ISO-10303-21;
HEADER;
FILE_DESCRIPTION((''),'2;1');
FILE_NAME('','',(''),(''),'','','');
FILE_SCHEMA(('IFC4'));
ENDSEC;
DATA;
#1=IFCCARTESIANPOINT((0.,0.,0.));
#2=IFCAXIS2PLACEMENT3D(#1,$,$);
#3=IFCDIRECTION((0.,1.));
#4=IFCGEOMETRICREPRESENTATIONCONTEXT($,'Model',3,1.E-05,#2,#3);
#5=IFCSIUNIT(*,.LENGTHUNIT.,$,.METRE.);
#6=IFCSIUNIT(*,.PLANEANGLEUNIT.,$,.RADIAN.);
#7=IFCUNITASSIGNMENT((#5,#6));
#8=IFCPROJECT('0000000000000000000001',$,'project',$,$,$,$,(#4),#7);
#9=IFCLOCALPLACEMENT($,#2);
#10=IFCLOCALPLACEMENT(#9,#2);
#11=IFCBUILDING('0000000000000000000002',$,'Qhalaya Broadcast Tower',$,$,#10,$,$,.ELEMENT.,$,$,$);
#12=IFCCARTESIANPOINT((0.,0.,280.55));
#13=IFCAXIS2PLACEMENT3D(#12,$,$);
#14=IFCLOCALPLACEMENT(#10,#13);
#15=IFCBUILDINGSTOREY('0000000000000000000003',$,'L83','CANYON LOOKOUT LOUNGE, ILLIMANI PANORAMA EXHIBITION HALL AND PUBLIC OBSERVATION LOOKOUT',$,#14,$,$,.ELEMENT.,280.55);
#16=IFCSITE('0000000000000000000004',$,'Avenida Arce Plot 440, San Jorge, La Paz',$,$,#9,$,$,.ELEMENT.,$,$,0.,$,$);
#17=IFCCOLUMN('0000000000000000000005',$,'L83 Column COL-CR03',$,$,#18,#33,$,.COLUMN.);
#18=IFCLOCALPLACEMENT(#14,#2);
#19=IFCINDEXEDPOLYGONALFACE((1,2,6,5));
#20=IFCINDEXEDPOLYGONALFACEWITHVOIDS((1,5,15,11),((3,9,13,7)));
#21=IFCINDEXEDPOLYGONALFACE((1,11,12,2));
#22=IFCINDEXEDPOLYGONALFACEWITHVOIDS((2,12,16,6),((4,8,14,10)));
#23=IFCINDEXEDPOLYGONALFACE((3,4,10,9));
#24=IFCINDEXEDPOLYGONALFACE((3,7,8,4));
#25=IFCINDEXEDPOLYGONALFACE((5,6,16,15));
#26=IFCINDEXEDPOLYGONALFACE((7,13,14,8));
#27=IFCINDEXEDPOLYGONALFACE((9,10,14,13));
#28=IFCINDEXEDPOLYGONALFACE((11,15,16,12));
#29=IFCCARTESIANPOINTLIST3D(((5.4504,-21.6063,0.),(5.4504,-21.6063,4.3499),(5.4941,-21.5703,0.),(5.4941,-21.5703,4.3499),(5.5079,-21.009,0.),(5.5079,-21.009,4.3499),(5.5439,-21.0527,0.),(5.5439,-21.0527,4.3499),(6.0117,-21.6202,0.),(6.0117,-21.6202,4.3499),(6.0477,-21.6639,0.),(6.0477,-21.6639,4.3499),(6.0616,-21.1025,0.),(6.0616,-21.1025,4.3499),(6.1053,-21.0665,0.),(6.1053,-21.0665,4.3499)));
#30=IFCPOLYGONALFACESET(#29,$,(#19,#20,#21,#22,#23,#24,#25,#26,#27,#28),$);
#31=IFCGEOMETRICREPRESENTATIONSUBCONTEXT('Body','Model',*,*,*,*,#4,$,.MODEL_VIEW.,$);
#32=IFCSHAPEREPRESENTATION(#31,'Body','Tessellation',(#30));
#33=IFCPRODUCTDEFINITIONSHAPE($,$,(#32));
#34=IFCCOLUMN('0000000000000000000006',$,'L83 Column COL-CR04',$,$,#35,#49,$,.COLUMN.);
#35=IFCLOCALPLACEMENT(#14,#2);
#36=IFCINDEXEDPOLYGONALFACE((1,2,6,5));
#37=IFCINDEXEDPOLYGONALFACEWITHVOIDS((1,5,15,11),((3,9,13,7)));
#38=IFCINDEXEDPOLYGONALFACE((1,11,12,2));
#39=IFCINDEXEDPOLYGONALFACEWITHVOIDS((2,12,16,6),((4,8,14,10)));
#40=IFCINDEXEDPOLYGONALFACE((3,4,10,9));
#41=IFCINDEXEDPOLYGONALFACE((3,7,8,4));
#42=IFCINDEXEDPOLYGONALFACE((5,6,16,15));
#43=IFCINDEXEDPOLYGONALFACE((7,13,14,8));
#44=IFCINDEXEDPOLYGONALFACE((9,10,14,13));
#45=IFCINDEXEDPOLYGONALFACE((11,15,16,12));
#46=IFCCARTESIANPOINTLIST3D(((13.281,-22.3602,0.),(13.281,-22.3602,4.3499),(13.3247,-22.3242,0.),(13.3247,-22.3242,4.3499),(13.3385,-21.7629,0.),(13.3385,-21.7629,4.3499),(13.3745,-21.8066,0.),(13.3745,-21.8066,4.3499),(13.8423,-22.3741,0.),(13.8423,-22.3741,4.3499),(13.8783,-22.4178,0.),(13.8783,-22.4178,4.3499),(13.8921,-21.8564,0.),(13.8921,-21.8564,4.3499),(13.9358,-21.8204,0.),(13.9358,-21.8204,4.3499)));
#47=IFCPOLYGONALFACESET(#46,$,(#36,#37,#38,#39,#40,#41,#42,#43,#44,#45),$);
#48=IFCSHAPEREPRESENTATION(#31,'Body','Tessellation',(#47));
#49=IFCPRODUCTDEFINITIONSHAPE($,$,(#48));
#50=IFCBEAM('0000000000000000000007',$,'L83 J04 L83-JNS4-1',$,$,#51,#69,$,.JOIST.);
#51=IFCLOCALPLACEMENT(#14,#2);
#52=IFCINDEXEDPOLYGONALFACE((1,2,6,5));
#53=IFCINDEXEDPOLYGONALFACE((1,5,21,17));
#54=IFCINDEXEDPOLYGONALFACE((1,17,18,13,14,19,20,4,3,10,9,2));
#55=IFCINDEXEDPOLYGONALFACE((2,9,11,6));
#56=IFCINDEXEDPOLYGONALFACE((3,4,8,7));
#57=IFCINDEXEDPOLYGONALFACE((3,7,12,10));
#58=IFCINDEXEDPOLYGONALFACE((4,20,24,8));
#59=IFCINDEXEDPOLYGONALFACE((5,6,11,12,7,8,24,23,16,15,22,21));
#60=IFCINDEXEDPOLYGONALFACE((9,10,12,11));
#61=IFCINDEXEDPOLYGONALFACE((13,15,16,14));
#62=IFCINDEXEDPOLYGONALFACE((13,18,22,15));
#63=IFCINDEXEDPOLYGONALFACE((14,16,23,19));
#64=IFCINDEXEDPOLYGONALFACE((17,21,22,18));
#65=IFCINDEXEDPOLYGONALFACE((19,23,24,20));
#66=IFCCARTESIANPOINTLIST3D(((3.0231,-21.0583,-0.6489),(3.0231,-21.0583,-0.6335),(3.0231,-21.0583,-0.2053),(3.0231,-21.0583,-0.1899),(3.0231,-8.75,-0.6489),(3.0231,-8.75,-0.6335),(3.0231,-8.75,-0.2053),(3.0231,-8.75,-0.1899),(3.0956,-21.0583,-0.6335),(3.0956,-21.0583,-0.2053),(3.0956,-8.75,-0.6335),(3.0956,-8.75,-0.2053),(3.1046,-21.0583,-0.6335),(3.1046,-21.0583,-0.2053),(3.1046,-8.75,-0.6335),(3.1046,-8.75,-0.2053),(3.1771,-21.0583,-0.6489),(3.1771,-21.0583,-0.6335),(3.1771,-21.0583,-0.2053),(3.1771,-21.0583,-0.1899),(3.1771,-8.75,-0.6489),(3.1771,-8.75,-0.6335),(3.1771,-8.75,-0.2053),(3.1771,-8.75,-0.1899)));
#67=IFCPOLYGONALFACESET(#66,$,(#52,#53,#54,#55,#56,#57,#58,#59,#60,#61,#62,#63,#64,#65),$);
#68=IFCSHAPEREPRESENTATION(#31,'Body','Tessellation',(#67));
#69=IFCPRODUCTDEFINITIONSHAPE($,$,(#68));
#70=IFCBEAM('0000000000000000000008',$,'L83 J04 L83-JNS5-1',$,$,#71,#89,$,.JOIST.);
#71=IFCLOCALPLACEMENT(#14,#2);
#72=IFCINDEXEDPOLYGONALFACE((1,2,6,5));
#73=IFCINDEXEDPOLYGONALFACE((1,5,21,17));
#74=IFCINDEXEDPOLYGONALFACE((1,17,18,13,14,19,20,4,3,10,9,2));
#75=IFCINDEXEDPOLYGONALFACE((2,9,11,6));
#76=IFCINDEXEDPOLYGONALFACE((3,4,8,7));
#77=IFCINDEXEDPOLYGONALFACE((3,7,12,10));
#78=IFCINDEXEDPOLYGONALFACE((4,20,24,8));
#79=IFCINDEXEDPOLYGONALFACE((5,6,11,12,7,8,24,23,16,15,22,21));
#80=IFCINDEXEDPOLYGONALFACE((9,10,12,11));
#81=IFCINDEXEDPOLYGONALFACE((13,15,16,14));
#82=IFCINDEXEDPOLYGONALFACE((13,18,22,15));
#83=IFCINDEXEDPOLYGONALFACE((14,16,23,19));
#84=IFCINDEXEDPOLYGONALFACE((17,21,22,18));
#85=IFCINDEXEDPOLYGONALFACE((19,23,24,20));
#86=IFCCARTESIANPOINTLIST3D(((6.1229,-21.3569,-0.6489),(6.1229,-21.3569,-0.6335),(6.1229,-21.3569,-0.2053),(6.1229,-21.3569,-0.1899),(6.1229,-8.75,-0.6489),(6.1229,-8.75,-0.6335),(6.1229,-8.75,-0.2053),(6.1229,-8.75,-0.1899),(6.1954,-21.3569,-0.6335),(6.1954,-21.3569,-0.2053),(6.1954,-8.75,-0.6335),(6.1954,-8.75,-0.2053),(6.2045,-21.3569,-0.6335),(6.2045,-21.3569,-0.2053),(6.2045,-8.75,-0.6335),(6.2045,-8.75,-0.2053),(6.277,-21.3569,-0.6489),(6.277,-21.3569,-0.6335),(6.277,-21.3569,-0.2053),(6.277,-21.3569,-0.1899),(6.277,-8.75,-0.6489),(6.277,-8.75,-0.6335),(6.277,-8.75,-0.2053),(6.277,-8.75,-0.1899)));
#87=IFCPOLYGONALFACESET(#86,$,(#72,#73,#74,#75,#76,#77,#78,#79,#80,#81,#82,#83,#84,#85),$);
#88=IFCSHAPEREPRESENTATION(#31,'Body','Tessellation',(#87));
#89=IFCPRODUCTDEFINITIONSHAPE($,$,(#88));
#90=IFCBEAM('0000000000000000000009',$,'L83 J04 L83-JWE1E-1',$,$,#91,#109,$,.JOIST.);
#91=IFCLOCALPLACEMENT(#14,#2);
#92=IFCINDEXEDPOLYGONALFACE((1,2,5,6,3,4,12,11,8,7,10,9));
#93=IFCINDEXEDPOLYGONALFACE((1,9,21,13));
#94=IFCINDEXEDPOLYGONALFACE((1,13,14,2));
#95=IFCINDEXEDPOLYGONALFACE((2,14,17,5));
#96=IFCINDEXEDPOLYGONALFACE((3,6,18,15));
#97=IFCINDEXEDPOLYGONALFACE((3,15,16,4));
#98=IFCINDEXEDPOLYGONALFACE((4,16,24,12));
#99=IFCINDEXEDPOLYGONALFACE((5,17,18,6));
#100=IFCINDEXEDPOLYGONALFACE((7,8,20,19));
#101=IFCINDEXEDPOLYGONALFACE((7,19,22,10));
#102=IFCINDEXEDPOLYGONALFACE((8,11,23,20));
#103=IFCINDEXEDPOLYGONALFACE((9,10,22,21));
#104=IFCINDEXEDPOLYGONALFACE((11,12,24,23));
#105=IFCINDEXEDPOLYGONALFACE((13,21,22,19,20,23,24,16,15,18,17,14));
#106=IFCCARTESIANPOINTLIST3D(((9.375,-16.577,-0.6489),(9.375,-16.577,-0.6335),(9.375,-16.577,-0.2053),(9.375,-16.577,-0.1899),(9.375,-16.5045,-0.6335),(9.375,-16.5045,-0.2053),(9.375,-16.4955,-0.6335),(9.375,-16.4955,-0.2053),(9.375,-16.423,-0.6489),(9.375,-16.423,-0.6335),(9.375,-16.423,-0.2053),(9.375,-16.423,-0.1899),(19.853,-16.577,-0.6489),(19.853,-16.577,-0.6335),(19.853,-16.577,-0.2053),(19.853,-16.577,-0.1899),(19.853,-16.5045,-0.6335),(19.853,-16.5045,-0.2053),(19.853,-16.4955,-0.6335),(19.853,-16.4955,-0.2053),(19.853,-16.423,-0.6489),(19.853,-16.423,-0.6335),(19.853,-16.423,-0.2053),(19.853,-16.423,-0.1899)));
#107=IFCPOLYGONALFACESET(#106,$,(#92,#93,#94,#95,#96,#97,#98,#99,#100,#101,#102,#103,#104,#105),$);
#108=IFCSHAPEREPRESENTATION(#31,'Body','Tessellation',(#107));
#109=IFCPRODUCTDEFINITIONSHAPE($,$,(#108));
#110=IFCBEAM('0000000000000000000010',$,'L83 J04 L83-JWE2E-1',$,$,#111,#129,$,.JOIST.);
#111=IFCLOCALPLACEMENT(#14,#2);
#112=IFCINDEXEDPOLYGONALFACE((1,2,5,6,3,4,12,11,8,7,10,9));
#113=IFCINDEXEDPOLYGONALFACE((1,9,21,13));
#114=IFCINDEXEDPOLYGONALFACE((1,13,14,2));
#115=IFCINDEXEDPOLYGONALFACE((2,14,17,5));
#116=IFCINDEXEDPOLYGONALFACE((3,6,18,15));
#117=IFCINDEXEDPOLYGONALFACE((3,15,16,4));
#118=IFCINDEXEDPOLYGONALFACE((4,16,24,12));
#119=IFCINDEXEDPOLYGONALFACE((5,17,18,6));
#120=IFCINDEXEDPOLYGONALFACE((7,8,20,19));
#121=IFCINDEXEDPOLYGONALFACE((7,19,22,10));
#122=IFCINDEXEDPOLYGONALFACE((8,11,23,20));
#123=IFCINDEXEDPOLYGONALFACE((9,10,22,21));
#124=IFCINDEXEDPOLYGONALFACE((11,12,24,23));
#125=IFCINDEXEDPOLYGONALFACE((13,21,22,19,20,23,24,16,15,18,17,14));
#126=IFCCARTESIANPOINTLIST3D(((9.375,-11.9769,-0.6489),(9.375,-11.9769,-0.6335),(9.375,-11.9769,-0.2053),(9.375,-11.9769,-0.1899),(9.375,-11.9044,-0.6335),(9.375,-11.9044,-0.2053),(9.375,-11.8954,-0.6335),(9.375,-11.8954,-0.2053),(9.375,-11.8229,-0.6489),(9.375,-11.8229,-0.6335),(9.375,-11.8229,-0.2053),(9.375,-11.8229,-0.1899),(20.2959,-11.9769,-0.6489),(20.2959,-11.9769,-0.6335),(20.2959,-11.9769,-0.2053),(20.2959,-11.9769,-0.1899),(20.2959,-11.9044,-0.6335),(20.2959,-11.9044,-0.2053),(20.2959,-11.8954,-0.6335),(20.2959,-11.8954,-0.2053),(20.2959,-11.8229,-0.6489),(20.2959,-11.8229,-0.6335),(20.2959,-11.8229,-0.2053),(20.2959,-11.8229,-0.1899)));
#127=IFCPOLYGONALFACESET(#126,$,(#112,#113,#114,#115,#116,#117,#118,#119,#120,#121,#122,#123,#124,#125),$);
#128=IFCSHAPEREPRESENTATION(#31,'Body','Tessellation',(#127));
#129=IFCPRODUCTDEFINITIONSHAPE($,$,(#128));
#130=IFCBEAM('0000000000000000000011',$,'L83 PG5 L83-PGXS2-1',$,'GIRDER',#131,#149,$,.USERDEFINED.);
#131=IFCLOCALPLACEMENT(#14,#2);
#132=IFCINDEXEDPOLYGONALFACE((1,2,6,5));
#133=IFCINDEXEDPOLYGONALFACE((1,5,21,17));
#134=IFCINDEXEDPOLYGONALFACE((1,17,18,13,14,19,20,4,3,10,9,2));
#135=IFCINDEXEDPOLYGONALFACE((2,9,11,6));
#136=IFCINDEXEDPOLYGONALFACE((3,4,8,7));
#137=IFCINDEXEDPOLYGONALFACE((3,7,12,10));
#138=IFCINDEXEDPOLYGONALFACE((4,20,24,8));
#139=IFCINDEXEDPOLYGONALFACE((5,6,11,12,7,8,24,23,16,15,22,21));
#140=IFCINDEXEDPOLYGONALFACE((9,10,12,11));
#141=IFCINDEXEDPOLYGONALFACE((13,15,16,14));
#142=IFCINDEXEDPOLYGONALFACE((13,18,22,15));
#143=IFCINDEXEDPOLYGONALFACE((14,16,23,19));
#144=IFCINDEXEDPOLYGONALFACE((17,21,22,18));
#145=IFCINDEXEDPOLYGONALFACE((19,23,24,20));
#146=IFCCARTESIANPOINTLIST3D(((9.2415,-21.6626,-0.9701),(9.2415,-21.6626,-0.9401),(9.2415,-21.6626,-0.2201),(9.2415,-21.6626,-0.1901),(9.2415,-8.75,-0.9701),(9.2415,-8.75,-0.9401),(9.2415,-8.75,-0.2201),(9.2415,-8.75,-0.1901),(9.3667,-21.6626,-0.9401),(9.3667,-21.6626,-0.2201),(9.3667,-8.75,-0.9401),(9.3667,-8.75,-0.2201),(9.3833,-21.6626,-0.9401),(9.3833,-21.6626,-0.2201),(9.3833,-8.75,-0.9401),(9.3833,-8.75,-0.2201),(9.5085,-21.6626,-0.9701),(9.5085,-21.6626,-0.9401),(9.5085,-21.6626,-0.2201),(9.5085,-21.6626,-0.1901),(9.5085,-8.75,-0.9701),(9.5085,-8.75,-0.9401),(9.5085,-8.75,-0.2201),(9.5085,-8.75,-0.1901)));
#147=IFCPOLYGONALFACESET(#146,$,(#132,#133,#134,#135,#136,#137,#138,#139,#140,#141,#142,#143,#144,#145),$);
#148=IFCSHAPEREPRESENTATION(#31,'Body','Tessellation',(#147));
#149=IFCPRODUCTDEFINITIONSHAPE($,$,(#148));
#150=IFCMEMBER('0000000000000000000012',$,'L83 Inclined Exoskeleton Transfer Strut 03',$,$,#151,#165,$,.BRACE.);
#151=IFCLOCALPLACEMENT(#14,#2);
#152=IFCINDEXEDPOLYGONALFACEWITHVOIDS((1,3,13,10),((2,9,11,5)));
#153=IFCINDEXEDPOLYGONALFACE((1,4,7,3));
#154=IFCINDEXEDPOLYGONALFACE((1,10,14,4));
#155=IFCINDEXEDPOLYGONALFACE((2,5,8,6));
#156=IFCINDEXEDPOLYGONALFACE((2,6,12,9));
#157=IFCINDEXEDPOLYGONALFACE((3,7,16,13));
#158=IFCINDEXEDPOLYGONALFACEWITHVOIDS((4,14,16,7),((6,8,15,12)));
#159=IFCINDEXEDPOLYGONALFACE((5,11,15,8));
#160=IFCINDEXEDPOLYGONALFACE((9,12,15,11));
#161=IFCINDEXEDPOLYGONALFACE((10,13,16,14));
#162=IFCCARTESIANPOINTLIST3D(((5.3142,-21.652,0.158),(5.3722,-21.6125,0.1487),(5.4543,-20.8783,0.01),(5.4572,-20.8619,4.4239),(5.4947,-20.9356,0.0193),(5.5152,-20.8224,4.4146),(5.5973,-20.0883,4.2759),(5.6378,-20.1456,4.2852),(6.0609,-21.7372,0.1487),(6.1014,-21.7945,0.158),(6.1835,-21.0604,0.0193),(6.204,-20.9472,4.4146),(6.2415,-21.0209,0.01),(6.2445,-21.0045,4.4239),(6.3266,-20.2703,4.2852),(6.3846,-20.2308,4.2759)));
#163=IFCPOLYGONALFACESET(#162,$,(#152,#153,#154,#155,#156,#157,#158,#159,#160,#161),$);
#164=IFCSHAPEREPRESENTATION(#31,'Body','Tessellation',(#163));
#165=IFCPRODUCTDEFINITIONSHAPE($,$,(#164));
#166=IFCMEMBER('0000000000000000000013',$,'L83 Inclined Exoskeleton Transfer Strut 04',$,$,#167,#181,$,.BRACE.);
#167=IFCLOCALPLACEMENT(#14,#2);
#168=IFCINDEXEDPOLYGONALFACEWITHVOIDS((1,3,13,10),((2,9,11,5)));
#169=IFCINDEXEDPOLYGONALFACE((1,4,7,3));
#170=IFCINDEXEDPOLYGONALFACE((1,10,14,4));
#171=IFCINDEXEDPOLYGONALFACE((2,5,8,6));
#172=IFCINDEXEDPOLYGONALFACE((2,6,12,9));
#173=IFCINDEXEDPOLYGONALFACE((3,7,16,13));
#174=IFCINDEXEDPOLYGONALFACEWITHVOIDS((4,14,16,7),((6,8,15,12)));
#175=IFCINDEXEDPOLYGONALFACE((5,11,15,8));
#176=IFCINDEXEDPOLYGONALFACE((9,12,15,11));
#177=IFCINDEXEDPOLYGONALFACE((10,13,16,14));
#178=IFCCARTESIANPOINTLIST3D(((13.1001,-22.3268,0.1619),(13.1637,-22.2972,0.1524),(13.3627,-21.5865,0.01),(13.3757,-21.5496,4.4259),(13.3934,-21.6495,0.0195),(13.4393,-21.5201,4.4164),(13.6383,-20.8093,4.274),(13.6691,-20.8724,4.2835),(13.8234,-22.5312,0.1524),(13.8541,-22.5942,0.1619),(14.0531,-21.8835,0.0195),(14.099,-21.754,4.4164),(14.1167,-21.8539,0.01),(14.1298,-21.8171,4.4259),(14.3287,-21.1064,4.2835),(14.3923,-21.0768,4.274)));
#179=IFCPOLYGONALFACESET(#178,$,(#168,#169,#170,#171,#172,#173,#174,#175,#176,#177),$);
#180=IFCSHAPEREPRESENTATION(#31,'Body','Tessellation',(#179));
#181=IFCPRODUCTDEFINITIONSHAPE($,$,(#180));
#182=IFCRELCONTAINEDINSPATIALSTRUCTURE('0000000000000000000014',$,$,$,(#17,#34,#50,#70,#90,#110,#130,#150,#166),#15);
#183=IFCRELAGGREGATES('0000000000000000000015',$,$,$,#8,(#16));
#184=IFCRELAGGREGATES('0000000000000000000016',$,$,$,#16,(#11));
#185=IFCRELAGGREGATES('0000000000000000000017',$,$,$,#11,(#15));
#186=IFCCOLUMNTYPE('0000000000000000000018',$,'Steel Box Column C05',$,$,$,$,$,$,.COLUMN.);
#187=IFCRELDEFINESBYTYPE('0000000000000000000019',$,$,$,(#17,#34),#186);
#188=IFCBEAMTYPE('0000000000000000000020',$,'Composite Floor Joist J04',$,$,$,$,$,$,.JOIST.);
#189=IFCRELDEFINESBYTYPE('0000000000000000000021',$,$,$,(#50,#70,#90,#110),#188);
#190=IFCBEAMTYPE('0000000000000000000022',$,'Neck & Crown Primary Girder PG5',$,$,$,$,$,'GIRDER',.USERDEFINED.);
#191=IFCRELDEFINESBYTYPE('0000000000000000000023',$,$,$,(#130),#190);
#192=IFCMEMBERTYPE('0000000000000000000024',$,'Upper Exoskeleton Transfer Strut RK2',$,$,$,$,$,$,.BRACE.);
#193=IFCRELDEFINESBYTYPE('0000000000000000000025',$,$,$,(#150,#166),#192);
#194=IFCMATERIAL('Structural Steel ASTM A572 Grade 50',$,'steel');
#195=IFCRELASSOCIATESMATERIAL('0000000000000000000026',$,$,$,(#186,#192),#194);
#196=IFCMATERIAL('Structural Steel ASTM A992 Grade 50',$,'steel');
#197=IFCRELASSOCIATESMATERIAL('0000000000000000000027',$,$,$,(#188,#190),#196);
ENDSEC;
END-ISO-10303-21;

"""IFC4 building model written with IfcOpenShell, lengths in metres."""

from ifc_helpers import new_model, si_unit, direction, frame, origin, origin_2d, place, context, subcontext, project, spatial, hollow_rectangle, i_section, extrude, material, material_profile, profile_set, type_object, element, save


model = new_model("IFC4")

# Units and contexts
model_context = context("Model", 3, precision=1e-05, world=origin(), true_north=direction((0.0, 1.0)))
body_context = subcontext(model_context, "Body", "Model", "MODEL_VIEW")
ifc_project = project(units=[si_unit("LENGTHUNIT", "METRE"), si_unit("PLANEANGLEUNIT", "RADIAN")], contexts=[model_context])

# Site, building, storey
site_placement = place(None, origin())
site = spatial("IfcSite", under=ifc_project, at=site_placement, Name="Avenida Arce Plot 440, San Jorge, La Paz", CompositionType="ELEMENT", RefElevation=0.0)
building_placement = place(site_placement, origin())
building = spatial("IfcBuilding", under=site, at=building_placement, Name="Qhalaya Broadcast Tower", CompositionType="ELEMENT")
storey_placement = place(building_placement, frame((0.0, 0.0, 280.55)))
storey = spatial("IfcBuildingStorey", under=building, at=storey_placement, Name="L83", Description="CANYON LOOKOUT LOUNGE, ILLIMANI PANORAMA EXHIBITION HALL AND PUBLIC OBSERVATION LOOKOUT", CompositionType="ELEMENT", Elevation=280.55)

# Columns
ifc_material_1 = material(Name="Structural Steel ASTM A572 Grade 50", Category="steel")
ifc_material_profile_1 = material_profile(ifc_material_1, hollow_rectangle(XDim=0.6001, YDim=0.6001, WallThickness=0.04, at=origin_2d()), Name="BOX 600x600x40")
ifc_profile_set_1 = profile_set([ifc_material_profile_1], Name="Structural Steel ASTM A572 Grade 50")
column_type = type_object("IfcColumnType", Name="Steel Box Column C05", PredefinedType="COLUMN", material=ifc_profile_set_1)
for number, where, z_axis, x_axis, name in (
    (1, (5.7778, -21.3364, 0.0), (0.0, 0.0, 1.0), (0.995396, -0.095846, 0.0), "L83 Column COL-CR03"),
    (2, (13.6084, -22.0903, 0.0), (0.0, 0.0, 1.0), (0.995396, -0.095846, 0.0), "L83 Column COL-CR04"),
):
    element("IfcColumn", number, at=place(storey_placement, frame(where, z_axis=z_axis, x_axis=x_axis)), inside=storey, type_object=column_type, Name=name, PredefinedType="COLUMN", context=body_context, shape_type="SweptSolid", body=[
        extrude(hollow_rectangle(XDim=0.6001, YDim=0.6001, WallThickness=0.04, at=origin_2d()), origin(), (0.0, 0.0, 1.0), 4.3499),
    ])

# Beams
ifc_material_2 = material(Name="Structural Steel ASTM A992 Grade 50", Category="steel")
ifc_material_profile_2 = material_profile(ifc_material_2, i_section(OverallWidth=0.1541, OverallDepth=0.459, WebThickness=0.009, FlangeThickness=0.0154, at=origin_2d()), Name="W18X46")
ifc_profile_set_2 = profile_set([ifc_material_profile_2], Name="Structural Steel ASTM A992 Grade 50")
beam_type_1 = type_object("IfcBeamType", Name="Composite Floor Joist J04", PredefinedType="JOIST", material=ifc_profile_set_2)
beam_1_placement = place(storey_placement, frame((3.1001, -21.0583, -0.4194), z_axis=(0.0, 1.0, 0.0), x_axis=(-1.0, 0.0, 0.0)))
element("IfcBeam", 3, at=beam_1_placement, inside=storey, type_object=beam_type_1, Name="L83 J04 L83-JNS4-1", PredefinedType="JOIST", context=body_context, shape_type="SweptSolid", body=[
    extrude(i_section(OverallWidth=0.1541, OverallDepth=0.459, WebThickness=0.009, FlangeThickness=0.0154, at=origin_2d()), origin(), (0.0, 0.0, 1.0), 12.3083),
])
beam_2_placement = place(storey_placement, frame((6.2, -21.3569, -0.4194), z_axis=(0.0, 1.0, 0.0), x_axis=(-1.0, 0.0, 0.0)))
element("IfcBeam", 4, at=beam_2_placement, inside=storey, type_object=beam_type_1, Name="L83 J04 L83-JNS5-1", PredefinedType="JOIST", context=body_context, shape_type="SweptSolid", body=[
    extrude(i_section(OverallWidth=0.1541, OverallDepth=0.459, WebThickness=0.009, FlangeThickness=0.0154, at=origin_2d()), origin(), (0.0, 0.0, 1.0), 12.6069),
])
beam_3_placement = place(storey_placement, frame((9.375, -16.5, -0.4194), z_axis=(1.0, 0.0, 0.0), x_axis=(0.0, 1.0, 0.0)))
element("IfcBeam", 5, at=beam_3_placement, inside=storey, type_object=beam_type_1, Name="L83 J04 L83-JWE1E-1", PredefinedType="JOIST", context=body_context, shape_type="SweptSolid", body=[
    extrude(i_section(OverallWidth=0.1541, OverallDepth=0.459, WebThickness=0.009, FlangeThickness=0.0154, at=origin_2d()), origin(), (0.0, 0.0, 1.0), 10.478),
])
beam_4_placement = place(storey_placement, frame((9.375, -11.8999, -0.4194), z_axis=(1.0, 0.0, 0.0), x_axis=(0.0, 1.0, 0.0)))
element("IfcBeam", 6, at=beam_4_placement, inside=storey, type_object=beam_type_1, Name="L83 J04 L83-JWE2E-1", PredefinedType="JOIST", context=body_context, shape_type="SweptSolid", body=[
    extrude(i_section(OverallWidth=0.1541, OverallDepth=0.459, WebThickness=0.009, FlangeThickness=0.0154, at=origin_2d()), origin(), (0.0, 0.0, 1.0), 10.9209),
])
ifc_material_profile_3 = material_profile(ifc_material_2, i_section(OverallWidth=0.2671, OverallDepth=0.78, WebThickness=0.0166, FlangeThickness=0.03, at=origin_2d()), Name="W30X148")
ifc_profile_set_3 = profile_set([ifc_material_profile_3], Name="Structural Steel ASTM A992 Grade 50")
beam_type_2 = type_object("IfcBeamType", Name="Neck & Crown Primary Girder PG5", ElementType="GIRDER", PredefinedType="USERDEFINED", material=ifc_profile_set_3)
beam_5_placement = place(storey_placement, frame((9.375, -21.6626, -0.5801), z_axis=(0.0, 1.0, 0.0), x_axis=(-1.0, 0.0, 0.0)))
element("IfcBeam", 7, at=beam_5_placement, inside=storey, type_object=beam_type_2, Name="L83 PG5 L83-PGXS2-1", ObjectType="GIRDER", PredefinedType="USERDEFINED", context=body_context, shape_type="SweptSolid", body=[
    extrude(i_section(OverallWidth=0.2671, OverallDepth=0.78, WebThickness=0.0166, FlangeThickness=0.03, at=origin_2d()), origin(), (0.0, 0.0, 1.0), 12.9126),
])

# Members
ifc_material_profile_4 = material_profile(ifc_material_1, hollow_rectangle(XDim=0.8, YDim=0.8, WallThickness=0.05, at=origin_2d()), Name="BOX 800x800x50")
ifc_profile_set_4 = profile_set([ifc_material_profile_4], Name="Structural Steel ASTM A572 Grade 50")
member_type = type_object("IfcMemberType", Name="Upper Exoskeleton Transfer Strut RK2", PredefinedType="BRACE", material=ifc_profile_set_4)
member_1_placement = place(storey_placement, frame((5.7778, -21.3364, 0.084), z_axis=(0.032959, 0.182004, 0.982745), x_axis=(-0.983996, 0.17819, 0.0)))
element("IfcMember", 8, at=member_1_placement, inside=storey, type_object=member_type, Name="L83 Inclined Exoskeleton Transfer Strut 03", PredefinedType="BRACE", context=body_context, shape_type="SweptSolid", body=[
    extrude(hollow_rectangle(XDim=0.8, YDim=0.8, WallThickness=0.05, at=origin_2d()), origin(), (0.0, 0.0, 1.0), 4.3408),
])
member_2_placement = place(storey_placement, frame((13.6084, -22.0903, 0.0859), z_axis=(0.063468, 0.178935, 0.981812), x_axis=(-0.94247, 0.334291, 0.0)))
element("IfcMember", 9, at=member_2_placement, inside=storey, type_object=member_type, Name="L83 Inclined Exoskeleton Transfer Strut 04", PredefinedType="BRACE", context=body_context, shape_type="SweptSolid", body=[
    extrude(hollow_rectangle(XDim=0.8, YDim=0.8, WallThickness=0.05, at=origin_2d()), origin(), (0.0, 0.0, 1.0), 4.343),
])

save(model, "model.ifc")
